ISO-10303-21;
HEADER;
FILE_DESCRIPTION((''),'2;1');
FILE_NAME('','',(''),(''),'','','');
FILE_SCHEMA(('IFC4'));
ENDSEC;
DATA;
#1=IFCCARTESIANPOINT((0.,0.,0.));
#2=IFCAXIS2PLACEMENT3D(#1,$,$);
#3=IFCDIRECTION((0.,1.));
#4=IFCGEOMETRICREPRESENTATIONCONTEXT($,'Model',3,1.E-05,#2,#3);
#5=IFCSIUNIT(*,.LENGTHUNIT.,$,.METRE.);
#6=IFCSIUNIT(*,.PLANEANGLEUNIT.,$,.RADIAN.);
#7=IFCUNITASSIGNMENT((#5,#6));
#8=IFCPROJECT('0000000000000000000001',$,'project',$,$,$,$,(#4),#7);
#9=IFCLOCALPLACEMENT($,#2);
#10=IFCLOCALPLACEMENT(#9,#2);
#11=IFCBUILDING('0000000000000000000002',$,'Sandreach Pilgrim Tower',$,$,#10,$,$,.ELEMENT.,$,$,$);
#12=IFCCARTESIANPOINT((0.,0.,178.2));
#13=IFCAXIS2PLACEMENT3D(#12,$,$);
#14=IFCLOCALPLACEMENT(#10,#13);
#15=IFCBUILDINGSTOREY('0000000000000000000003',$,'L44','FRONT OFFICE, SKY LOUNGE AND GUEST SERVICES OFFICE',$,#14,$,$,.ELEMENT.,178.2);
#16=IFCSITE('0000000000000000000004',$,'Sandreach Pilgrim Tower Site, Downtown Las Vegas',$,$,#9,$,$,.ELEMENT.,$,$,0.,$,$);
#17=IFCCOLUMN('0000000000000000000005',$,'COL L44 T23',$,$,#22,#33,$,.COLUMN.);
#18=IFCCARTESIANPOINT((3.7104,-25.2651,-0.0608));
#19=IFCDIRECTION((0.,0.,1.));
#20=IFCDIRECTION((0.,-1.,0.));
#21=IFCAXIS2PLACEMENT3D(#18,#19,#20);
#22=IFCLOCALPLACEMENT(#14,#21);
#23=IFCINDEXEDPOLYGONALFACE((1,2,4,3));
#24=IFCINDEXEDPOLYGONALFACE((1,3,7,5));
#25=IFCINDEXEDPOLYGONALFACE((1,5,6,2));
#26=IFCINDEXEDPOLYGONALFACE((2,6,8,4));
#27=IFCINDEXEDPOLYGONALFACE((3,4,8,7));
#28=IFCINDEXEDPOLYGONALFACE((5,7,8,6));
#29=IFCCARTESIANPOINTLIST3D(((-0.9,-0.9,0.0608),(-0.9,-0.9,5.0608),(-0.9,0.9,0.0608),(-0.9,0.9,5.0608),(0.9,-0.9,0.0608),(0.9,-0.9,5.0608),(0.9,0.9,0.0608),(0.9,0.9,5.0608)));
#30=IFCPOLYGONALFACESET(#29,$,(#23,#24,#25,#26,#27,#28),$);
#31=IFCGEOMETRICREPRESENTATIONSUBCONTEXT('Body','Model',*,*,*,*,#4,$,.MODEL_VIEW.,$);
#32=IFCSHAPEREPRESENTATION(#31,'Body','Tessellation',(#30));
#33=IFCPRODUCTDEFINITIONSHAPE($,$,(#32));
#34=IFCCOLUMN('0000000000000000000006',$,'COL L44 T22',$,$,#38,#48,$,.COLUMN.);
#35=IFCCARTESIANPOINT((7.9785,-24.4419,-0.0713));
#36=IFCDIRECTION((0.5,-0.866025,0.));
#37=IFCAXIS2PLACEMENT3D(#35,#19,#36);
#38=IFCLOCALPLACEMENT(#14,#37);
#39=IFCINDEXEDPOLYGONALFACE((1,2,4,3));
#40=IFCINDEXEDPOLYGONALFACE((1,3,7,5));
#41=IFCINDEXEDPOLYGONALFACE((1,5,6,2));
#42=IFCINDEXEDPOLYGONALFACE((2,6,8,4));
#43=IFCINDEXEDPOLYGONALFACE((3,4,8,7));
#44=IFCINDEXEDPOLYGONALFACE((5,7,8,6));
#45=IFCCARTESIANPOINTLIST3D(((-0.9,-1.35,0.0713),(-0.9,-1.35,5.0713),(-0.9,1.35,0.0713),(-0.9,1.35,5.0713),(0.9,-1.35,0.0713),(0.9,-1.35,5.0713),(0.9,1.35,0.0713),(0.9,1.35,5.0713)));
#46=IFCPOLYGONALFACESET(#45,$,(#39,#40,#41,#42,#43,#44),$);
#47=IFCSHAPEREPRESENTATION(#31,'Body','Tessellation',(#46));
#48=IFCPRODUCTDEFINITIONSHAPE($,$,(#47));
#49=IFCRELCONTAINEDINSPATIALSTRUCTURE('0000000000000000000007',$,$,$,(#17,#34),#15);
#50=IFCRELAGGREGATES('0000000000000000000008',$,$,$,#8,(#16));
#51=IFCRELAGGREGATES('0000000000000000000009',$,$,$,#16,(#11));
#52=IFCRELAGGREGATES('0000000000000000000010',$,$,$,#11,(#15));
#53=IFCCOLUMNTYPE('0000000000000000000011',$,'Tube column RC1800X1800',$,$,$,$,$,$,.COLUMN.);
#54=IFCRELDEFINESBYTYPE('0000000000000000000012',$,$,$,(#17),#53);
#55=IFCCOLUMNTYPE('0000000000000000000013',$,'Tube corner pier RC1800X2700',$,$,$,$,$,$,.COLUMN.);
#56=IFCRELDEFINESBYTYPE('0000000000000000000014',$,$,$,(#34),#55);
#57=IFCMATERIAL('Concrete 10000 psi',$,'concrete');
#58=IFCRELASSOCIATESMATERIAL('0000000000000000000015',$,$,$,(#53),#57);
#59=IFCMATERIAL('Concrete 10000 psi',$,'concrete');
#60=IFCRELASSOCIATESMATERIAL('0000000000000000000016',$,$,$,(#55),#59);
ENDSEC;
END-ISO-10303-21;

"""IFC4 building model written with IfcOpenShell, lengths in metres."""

from ifc_helpers import new_model, si_unit, direction, frame, origin, origin_2d, place, context, subcontext, project, spatial, rectangle, extrude, clip, halfspace, material, material_profile, profile_set, type_object, element, save


model = new_model("IFC4")

# Units and contexts
model_context = context("Model", 3, precision=1e-05, world=origin(), true_north=direction((0.0, 1.0)))
body_context = subcontext(model_context, "Body", "Model", "MODEL_VIEW")
ifc_project = project(units=[si_unit("LENGTHUNIT", "METRE"), si_unit("PLANEANGLEUNIT", "RADIAN")], contexts=[model_context])

# Site, building, storey
site_placement = place(None, origin())
site = spatial("IfcSite", under=ifc_project, at=site_placement, Name="Sandreach Pilgrim Tower Site, Downtown Las Vegas", CompositionType="ELEMENT", RefElevation=0.0)
building_placement = place(site_placement, origin())
building = spatial("IfcBuilding", under=site, at=building_placement, Name="Sandreach Pilgrim Tower", CompositionType="ELEMENT")
storey_placement = place(building_placement, frame((0.0, 0.0, 178.2)))
storey = spatial("IfcBuildingStorey", under=building, at=storey_placement, Name="L44", Description="FRONT OFFICE, SKY LOUNGE AND GUEST SERVICES OFFICE", CompositionType="ELEMENT", Elevation=178.2)

# Columns
ifc_material_1 = material(Name="Concrete 10000 psi", Category="concrete")
ifc_material_profile_1 = material_profile(ifc_material_1, rectangle(XDim=1.8, YDim=1.8, at=origin_2d()), Name="RC1800X1800")
ifc_profile_set_1 = profile_set([ifc_material_profile_1], Name="Concrete 10000 psi")
column_type_1 = type_object("IfcColumnType", Name="Tube column RC1800X1800", PredefinedType="COLUMN", material=ifc_profile_set_1)
column_1_placement = place(storey_placement, frame((3.7104, -25.2651, -0.0608), z_axis=(0.0, 0.0, 1.0), x_axis=(0.0, -1.0, 0.0)))
element("IfcColumn", 1, at=column_1_placement, inside=storey, type_object=column_type_1, Name="COL L44 T23", PredefinedType="COLUMN", context=body_context, shape_type="SweptSolid", body=[
    clip(extrude(rectangle(XDim=1.8, YDim=1.8, at=origin_2d()), origin(), (0.0, 0.0, 1.0), 5.0608), halfspace(frame((0.0, 0.0, 0.0608)), True)),
])
ifc_material_2 = material(Name="Concrete 10000 psi", Category="concrete")
ifc_material_profile_2 = material_profile(ifc_material_2, rectangle(XDim=1.8, YDim=2.7, at=origin_2d()), Name="RC1800X2700")
ifc_profile_set_2 = profile_set([ifc_material_profile_2], Name="Concrete 10000 psi")
column_type_2 = type_object("IfcColumnType", Name="Tube corner pier RC1800X2700", PredefinedType="COLUMN", material=ifc_profile_set_2)
column_2_placement = place(storey_placement, frame((7.9785, -24.4419, -0.0713), z_axis=(0.0, 0.0, 1.0), x_axis=(0.5, -0.866025, 0.0)))
element("IfcColumn", 2, at=column_2_placement, inside=storey, type_object=column_type_2, Name="COL L44 T22", PredefinedType="COLUMN", context=body_context, shape_type="SweptSolid", body=[
    clip(extrude(rectangle(XDim=1.8, YDim=2.7, at=origin_2d()), origin(), (0.0, 0.0, 1.0), 5.0713), halfspace(frame((0.0, 0.0, 0.0713)), True)),
])

save(model, "model.ifc")
